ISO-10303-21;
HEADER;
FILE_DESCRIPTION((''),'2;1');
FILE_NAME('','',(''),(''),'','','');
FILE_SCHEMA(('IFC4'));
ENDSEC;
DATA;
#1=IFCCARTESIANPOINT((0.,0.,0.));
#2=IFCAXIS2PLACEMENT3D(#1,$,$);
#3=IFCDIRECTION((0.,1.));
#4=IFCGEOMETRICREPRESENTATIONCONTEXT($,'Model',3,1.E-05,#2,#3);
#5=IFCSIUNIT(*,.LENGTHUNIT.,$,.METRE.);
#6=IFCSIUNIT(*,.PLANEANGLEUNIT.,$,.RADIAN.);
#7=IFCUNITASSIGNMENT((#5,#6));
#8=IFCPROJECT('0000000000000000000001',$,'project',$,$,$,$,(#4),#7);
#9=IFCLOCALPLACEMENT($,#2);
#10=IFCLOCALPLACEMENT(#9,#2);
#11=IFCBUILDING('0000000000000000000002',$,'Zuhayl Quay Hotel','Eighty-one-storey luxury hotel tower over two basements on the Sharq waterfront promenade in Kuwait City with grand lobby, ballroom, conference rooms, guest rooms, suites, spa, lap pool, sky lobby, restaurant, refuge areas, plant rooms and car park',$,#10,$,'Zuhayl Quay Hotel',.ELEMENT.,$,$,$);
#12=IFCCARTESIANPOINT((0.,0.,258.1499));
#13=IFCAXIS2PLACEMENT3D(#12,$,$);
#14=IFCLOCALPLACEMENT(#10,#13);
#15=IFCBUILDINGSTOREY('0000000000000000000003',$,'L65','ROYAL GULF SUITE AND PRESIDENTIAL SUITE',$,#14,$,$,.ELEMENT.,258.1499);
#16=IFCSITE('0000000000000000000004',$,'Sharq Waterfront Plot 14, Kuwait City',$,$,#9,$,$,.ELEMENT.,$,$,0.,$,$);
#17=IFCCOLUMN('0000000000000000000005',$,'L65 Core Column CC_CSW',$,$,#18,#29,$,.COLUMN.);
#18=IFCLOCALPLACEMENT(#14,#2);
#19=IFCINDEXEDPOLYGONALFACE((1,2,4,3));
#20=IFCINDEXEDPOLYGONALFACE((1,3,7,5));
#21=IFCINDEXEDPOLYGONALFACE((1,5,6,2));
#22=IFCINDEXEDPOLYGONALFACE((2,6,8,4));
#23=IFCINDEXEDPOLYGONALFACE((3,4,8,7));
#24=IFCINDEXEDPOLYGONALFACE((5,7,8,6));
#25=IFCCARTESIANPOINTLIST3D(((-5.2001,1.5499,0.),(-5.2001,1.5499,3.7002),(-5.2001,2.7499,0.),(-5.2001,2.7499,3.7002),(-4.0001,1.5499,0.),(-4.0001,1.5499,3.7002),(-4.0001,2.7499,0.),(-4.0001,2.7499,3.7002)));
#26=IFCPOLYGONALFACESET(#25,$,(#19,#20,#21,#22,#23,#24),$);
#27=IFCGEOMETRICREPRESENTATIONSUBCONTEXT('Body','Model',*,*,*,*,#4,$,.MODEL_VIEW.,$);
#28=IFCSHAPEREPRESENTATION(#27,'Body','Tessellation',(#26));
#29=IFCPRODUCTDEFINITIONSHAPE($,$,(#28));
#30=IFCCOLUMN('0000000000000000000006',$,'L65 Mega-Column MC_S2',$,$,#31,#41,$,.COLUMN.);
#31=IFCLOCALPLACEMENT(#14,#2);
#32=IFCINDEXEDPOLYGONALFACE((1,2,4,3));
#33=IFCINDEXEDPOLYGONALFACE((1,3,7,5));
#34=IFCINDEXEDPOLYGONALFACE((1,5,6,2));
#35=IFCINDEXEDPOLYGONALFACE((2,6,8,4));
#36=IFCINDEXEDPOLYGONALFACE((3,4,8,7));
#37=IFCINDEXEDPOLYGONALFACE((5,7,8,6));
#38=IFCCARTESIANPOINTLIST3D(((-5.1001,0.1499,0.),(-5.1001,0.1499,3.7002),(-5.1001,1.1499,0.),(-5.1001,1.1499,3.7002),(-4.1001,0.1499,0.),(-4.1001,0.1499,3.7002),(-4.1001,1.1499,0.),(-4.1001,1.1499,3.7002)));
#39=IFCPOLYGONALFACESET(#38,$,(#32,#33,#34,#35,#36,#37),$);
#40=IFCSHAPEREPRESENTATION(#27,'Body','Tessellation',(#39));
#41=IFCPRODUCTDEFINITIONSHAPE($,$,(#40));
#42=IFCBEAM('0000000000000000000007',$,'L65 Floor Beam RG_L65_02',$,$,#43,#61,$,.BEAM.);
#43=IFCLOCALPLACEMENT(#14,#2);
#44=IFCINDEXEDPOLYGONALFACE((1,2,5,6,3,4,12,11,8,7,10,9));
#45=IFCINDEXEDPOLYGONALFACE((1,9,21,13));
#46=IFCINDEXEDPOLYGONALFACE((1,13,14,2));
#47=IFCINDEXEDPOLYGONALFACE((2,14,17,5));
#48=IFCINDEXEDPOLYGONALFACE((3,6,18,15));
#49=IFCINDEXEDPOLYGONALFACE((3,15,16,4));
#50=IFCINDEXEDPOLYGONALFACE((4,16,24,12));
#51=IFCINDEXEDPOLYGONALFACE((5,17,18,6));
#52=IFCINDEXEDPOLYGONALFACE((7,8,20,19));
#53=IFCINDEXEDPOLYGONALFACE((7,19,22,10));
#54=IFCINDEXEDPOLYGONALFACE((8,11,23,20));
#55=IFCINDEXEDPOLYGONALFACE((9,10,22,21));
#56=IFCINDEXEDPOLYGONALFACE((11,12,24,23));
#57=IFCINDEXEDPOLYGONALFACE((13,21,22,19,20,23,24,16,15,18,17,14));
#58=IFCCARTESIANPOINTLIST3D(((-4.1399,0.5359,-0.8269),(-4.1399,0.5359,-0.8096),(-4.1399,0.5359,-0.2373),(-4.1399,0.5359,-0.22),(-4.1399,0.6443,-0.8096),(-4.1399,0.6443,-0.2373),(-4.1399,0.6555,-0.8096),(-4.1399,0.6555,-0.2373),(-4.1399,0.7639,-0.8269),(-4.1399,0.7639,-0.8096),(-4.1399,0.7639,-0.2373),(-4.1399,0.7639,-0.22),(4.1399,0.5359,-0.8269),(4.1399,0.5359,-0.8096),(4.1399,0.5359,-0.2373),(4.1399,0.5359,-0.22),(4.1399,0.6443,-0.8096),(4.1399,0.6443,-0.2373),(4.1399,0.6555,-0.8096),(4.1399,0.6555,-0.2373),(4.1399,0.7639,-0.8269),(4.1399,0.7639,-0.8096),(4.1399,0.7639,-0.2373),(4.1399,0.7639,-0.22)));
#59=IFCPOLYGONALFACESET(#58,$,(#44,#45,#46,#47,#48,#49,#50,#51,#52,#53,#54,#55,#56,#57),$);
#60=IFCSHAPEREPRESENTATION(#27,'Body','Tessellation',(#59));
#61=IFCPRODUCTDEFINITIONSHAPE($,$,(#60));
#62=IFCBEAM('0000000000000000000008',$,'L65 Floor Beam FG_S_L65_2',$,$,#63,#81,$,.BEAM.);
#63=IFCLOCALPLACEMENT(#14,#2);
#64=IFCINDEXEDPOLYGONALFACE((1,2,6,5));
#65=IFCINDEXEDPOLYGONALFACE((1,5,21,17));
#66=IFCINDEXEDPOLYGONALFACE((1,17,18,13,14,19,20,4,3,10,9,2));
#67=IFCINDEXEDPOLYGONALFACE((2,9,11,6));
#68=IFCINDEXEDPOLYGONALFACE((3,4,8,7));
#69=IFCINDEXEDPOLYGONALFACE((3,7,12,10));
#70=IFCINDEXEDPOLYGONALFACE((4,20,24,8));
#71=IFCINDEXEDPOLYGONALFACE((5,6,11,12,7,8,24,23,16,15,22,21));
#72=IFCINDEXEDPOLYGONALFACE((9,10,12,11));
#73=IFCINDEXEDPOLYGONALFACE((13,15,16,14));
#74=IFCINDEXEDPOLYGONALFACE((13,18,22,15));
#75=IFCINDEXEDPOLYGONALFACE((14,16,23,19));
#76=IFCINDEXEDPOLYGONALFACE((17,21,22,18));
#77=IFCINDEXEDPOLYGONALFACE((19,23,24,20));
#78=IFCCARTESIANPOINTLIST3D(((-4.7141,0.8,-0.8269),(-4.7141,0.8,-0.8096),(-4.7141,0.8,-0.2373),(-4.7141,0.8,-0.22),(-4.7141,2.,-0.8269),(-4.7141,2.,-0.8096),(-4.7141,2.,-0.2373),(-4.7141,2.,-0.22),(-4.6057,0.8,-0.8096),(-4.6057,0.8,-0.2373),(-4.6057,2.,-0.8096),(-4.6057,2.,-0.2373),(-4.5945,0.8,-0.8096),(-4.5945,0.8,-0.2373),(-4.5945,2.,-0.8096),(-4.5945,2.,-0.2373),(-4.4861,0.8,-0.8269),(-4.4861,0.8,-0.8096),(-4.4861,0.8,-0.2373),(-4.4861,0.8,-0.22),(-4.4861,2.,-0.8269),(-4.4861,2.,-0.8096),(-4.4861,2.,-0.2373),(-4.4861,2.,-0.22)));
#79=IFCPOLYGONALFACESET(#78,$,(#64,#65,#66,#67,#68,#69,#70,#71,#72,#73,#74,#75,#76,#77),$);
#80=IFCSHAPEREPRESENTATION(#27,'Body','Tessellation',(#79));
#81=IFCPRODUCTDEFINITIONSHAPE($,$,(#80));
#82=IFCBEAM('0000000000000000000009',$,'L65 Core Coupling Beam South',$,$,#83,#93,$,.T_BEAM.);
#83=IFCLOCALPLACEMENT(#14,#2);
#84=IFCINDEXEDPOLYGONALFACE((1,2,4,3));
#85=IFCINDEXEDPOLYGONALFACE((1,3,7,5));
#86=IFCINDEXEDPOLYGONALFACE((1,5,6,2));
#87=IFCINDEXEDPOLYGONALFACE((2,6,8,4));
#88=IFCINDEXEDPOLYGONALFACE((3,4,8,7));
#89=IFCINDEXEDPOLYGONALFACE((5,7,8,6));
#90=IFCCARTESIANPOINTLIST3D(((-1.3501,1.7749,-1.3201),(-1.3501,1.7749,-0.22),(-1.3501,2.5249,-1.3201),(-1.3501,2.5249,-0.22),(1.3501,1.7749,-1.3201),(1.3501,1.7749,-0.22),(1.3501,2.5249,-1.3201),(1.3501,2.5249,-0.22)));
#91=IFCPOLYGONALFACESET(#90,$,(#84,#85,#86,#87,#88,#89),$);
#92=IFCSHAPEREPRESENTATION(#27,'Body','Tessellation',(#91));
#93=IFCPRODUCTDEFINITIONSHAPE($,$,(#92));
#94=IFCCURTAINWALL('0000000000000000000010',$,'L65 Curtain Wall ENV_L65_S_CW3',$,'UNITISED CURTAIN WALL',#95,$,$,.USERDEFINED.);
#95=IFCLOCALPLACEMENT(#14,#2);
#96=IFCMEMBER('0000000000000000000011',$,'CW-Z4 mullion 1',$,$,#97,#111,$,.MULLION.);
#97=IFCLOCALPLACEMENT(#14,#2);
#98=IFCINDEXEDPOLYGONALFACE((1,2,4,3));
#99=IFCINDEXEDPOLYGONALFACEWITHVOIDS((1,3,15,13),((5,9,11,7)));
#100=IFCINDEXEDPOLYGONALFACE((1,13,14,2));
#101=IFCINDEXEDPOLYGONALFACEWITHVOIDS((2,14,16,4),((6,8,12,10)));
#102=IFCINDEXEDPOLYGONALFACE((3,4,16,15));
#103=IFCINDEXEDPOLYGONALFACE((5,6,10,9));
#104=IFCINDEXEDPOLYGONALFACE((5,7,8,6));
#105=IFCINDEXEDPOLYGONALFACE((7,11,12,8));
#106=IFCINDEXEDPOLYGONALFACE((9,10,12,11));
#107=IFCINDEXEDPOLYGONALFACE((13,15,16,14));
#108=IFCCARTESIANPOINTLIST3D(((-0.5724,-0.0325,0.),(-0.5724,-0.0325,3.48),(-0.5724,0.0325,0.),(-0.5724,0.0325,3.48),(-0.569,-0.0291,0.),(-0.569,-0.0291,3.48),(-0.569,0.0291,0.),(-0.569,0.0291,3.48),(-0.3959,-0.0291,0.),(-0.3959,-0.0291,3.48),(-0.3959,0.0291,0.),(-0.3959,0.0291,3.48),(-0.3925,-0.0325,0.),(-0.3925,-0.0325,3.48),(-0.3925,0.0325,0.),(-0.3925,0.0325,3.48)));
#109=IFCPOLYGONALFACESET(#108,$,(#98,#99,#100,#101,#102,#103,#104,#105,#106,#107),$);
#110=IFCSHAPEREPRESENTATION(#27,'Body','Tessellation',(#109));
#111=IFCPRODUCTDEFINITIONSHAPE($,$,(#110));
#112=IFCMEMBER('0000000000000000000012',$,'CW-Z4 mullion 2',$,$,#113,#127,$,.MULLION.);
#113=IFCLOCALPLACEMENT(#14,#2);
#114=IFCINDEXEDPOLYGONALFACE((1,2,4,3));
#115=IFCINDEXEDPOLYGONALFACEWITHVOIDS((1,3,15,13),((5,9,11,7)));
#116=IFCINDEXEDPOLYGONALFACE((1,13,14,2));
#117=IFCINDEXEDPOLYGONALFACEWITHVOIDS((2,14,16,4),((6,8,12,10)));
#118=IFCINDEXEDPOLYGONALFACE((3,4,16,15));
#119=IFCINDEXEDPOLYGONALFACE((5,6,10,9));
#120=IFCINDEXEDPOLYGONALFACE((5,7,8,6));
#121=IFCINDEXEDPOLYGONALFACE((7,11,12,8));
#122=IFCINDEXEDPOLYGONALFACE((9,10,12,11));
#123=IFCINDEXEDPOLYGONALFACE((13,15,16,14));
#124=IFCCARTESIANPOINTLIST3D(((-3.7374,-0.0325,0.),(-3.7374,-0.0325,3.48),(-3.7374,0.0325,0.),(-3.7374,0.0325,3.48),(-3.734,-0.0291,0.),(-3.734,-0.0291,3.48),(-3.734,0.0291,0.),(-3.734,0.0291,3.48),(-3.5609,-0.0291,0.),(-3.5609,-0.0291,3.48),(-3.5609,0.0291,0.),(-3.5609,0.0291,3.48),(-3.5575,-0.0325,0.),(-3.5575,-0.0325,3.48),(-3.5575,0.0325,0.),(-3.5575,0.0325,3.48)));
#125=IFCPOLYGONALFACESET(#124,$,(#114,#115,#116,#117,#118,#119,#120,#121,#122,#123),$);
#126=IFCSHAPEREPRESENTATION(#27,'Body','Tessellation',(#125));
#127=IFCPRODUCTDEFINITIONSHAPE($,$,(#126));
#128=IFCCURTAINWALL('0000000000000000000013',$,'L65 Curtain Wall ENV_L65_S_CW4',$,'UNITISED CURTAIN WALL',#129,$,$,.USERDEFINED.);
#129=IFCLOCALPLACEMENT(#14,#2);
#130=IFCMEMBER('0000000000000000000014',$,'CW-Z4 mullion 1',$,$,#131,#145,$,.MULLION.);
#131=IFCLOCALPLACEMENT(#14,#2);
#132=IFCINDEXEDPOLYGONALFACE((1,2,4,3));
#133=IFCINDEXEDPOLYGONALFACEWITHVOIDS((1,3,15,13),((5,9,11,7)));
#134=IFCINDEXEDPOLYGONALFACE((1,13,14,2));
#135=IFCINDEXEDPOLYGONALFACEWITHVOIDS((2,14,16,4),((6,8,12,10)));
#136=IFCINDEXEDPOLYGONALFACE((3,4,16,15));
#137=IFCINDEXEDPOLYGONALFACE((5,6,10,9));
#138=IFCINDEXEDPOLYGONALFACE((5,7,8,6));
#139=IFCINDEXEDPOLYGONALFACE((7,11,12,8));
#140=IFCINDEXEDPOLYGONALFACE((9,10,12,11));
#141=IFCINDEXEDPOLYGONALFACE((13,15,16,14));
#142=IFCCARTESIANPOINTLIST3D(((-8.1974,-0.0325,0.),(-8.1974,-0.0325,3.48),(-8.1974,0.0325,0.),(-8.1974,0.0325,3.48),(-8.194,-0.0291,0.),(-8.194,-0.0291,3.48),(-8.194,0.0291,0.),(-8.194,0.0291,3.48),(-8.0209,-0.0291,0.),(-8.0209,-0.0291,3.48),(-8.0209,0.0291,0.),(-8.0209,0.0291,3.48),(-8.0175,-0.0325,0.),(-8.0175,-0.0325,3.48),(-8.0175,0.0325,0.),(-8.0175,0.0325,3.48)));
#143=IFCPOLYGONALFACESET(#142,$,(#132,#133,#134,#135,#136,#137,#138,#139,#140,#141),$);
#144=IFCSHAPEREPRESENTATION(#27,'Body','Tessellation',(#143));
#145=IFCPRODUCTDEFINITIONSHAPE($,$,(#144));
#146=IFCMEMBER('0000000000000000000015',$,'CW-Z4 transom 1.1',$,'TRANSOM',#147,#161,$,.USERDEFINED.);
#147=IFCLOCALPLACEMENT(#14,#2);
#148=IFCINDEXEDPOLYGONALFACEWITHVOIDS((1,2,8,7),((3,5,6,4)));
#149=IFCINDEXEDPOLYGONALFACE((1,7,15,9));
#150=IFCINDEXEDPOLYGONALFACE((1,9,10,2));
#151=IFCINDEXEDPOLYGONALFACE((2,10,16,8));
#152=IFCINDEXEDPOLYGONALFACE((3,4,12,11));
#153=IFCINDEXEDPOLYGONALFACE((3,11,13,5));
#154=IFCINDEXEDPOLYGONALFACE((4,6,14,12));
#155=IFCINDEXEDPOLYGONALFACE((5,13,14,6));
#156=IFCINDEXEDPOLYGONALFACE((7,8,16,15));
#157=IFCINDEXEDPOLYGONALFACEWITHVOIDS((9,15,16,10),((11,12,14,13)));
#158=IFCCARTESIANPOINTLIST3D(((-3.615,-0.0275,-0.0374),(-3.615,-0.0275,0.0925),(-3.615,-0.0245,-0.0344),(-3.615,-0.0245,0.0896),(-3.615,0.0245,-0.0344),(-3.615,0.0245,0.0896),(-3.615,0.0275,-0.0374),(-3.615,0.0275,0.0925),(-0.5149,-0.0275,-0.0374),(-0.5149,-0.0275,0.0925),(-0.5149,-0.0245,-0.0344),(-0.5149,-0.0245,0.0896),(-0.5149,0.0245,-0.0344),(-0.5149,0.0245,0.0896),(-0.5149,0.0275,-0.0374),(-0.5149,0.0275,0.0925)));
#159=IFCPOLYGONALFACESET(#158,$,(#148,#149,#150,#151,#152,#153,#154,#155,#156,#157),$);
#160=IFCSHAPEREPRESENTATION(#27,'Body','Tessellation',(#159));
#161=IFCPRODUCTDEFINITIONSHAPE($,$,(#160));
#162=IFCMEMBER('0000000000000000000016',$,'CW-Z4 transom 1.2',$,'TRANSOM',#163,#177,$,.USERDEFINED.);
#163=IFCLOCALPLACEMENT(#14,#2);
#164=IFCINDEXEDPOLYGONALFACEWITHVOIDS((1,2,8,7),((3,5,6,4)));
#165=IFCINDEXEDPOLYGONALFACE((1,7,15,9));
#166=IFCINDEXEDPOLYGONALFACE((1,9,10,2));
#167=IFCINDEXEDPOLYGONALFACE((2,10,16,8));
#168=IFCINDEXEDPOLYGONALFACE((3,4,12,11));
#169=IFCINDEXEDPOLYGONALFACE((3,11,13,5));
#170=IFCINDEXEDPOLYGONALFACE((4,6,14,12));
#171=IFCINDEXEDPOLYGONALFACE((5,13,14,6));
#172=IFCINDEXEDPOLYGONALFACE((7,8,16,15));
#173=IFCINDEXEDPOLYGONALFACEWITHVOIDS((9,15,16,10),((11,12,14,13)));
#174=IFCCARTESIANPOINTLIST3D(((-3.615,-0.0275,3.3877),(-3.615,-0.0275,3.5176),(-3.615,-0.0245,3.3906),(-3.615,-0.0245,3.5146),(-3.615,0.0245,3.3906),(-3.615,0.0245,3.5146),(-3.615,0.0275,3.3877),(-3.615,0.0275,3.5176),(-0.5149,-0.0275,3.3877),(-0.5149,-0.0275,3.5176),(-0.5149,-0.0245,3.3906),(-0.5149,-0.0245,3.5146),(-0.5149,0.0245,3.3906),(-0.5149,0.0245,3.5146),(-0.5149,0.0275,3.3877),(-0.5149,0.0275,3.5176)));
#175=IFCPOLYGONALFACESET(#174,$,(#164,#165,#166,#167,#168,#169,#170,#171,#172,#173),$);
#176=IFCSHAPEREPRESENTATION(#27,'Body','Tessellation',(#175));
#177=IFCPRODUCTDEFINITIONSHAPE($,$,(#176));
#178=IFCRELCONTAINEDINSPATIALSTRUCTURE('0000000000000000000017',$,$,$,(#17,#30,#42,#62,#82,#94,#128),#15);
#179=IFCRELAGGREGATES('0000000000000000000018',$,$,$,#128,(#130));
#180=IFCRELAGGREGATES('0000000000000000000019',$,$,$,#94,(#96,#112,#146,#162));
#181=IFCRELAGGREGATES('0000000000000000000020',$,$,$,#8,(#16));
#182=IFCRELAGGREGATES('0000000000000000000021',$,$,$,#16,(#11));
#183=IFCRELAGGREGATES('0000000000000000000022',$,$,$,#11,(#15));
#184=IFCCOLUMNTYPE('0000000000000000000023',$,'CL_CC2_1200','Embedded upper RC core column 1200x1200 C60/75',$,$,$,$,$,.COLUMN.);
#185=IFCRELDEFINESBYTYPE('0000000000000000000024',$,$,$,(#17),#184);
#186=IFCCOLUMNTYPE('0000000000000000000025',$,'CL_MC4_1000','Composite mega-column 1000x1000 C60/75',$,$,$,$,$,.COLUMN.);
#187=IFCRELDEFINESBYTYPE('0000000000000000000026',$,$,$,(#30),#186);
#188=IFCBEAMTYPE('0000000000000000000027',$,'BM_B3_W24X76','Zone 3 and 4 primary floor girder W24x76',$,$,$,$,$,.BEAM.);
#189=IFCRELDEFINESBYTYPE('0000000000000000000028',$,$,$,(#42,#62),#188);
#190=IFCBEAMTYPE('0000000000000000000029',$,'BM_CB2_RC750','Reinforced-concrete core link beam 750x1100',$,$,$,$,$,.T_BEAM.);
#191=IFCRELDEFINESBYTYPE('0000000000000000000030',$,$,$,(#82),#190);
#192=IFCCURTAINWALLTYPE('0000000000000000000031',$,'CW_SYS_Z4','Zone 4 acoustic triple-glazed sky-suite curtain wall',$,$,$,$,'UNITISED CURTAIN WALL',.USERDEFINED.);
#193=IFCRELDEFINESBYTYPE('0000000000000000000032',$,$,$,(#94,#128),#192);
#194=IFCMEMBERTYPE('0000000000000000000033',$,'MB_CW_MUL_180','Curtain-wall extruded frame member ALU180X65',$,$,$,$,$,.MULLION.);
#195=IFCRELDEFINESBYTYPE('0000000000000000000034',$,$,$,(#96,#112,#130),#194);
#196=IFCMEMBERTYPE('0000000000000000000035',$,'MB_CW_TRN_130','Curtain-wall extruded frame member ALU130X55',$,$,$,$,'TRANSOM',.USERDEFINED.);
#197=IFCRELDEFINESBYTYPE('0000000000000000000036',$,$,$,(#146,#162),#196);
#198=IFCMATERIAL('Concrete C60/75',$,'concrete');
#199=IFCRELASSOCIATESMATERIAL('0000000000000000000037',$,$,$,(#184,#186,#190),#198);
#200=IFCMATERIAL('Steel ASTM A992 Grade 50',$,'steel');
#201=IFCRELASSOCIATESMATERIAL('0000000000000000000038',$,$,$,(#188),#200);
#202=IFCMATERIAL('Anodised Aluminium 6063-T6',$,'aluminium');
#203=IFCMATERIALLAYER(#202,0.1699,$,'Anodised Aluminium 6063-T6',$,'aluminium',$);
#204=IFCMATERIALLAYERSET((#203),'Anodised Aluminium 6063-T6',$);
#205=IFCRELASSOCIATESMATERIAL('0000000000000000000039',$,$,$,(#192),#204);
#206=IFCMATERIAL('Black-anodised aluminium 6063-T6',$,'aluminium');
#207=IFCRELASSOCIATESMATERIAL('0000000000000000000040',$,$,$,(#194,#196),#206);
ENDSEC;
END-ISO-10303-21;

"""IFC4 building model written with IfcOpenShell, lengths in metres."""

from ifc_helpers import new_model, si_unit, direction, frame, origin, origin_2d, place, context, subcontext, project, spatial, rectangle, hollow_rectangle, i_section, extrude, material, layer, layer_set, material_profile, profile_set, type_object, element, aggregate, save


model = new_model("IFC4")

# Units and contexts
model_context = context("Model", 3, precision=1e-05, world=origin(), true_north=direction((0.0, 1.0)))
body_context = subcontext(model_context, "Body", "Model", "MODEL_VIEW")
ifc_project = project(units=[si_unit("LENGTHUNIT", "METRE"), si_unit("PLANEANGLEUNIT", "RADIAN")], contexts=[model_context])

# Site, building, storey
site_placement = place(None, origin())
site = spatial("IfcSite", under=ifc_project, at=site_placement, Name="Sharq Waterfront Plot 14, Kuwait City", CompositionType="ELEMENT", RefElevation=0.0)
building_placement = place(site_placement, origin())
building = spatial("IfcBuilding", under=site, at=building_placement, Name="Zuhayl Quay Hotel", Description="Eighty-one-storey luxury hotel tower over two basements on the Sharq waterfront promenade in Kuwait City with grand lobby, ballroom, conference rooms, guest rooms, suites, spa, lap pool, sky lobby, restaurant, refuge areas, plant rooms and car park", LongName="Zuhayl Quay Hotel", CompositionType="ELEMENT")
storey_placement = place(building_placement, frame((0.0, 0.0, 258.1499)))
storey = spatial("IfcBuildingStorey", under=building, at=storey_placement, Name="L65", Description="ROYAL GULF SUITE AND PRESIDENTIAL SUITE", CompositionType="ELEMENT", Elevation=258.1499)

# Columns
ifc_material_1 = material(Name="Concrete C60/75", Category="concrete")
ifc_material_profile_1 = material_profile(ifc_material_1, rectangle(XDim=1.2, YDim=1.2, at=origin_2d()), Name="RC1200X1200")
ifc_profile_set_1 = profile_set([ifc_material_profile_1], Name="Concrete C60/75")
column_type_1 = type_object("IfcColumnType", Name="CL_CC2_1200", Description="Embedded upper RC core column 1200x1200 C60/75", PredefinedType="COLUMN", material=ifc_profile_set_1)
column_1_placement = place(storey_placement, frame((-4.6001, 2.1499, 0.0), z_axis=(0.0, 0.0, 1.0), x_axis=(1.0, 0.0, 0.0)))
element("IfcColumn", 1, at=column_1_placement, inside=storey, type_object=column_type_1, Name="L65 Core Column CC_CSW", PredefinedType="COLUMN", context=body_context, shape_type="SweptSolid", body=[
    extrude(rectangle(XDim=1.2, YDim=1.2, at=origin_2d()), origin(), (0.0, 0.0, 1.0), 3.7002),
])
ifc_material_profile_2 = material_profile(ifc_material_1, rectangle(XDim=1.0, YDim=1.0, at=origin_2d()), Name="RC1000X1000")
ifc_profile_set_2 = profile_set([ifc_material_profile_2], Name="Concrete C60/75")
column_type_2 = type_object("IfcColumnType", Name="CL_MC4_1000", Description="Composite mega-column 1000x1000 C60/75", PredefinedType="COLUMN", material=ifc_profile_set_2)
column_2_placement = place(storey_placement, frame((-4.6001, 0.6499, 0.0), z_axis=(0.0, 0.0, 1.0), x_axis=(1.0, 0.0, 0.0)))
element("IfcColumn", 2, at=column_2_placement, inside=storey, type_object=column_type_2, Name="L65 Mega-Column MC_S2", PredefinedType="COLUMN", context=body_context, shape_type="SweptSolid", body=[
    extrude(rectangle(XDim=1.0, YDim=1.0, at=origin_2d()), origin(), (0.0, 0.0, 1.0), 3.7002),
])

# Beams
ifc_material_2 = material(Name="Steel ASTM A992 Grade 50", Category="steel")
ifc_material_profile_3 = material_profile(ifc_material_2, i_section(OverallWidth=0.228, OverallDepth=0.6069, WebThickness=0.0112, FlangeThickness=0.0173, at=origin_2d()), Name="W24X76")
ifc_profile_set_3 = profile_set([ifc_material_profile_3], Name="Steel ASTM A992 Grade 50")
beam_type_1 = type_object("IfcBeamType", Name="BM_B3_W24X76", Description="Zone 3 and 4 primary floor girder W24x76", PredefinedType="BEAM", material=ifc_profile_set_3)
beam_1_placement = place(storey_placement, frame((-4.1399, 0.6499, -0.5234), z_axis=(1.0, 0.0, 0.0), x_axis=(0.0, 1.0, 0.0)))
element("IfcBeam", 3, at=beam_1_placement, inside=storey, type_object=beam_type_1, Name="L65 Floor Beam RG_L65_02", PredefinedType="BEAM", context=body_context, shape_type="SweptSolid", body=[
    extrude(i_section(OverallWidth=0.228, OverallDepth=0.6069, WebThickness=0.0112, FlangeThickness=0.0173, at=origin_2d()), origin(), (0.0, 0.0, 1.0), 8.2798),
])
beam_2_placement = place(storey_placement, frame((-4.6001, 0.8, -0.5234), z_axis=(0.0, 1.0, 0.0), x_axis=(-1.0, 0.0, 0.0)))
element("IfcBeam", 4, at=beam_2_placement, inside=storey, type_object=beam_type_1, Name="L65 Floor Beam FG_S_L65_2", PredefinedType="BEAM", context=body_context, shape_type="SweptSolid", body=[
    extrude(i_section(OverallWidth=0.228, OverallDepth=0.6069, WebThickness=0.0112, FlangeThickness=0.0173, at=origin_2d()), origin(), (0.0, 0.0, 1.0), 1.2),
])
ifc_material_profile_4 = material_profile(ifc_material_1, rectangle(XDim=0.75, YDim=1.1001, at=origin_2d()), Name="RC750X1100")
ifc_profile_set_4 = profile_set([ifc_material_profile_4], Name="Concrete C60/75")
beam_type_2 = type_object("IfcBeamType", Name="BM_CB2_RC750", Description="Reinforced-concrete core link beam 750x1100", PredefinedType="T_BEAM", material=ifc_profile_set_4)
beam_3_placement = place(storey_placement, frame((-1.3501, 2.1499, -0.77), z_axis=(1.0, 0.0, 0.0), x_axis=(0.0, 1.0, 0.0)))
element("IfcBeam", 5, at=beam_3_placement, inside=storey, type_object=beam_type_2, Name="L65 Core Coupling Beam South", PredefinedType="T_BEAM", context=body_context, shape_type="SweptSolid", body=[
    extrude(rectangle(XDim=0.75, YDim=1.1001, at=origin_2d()), origin(), (0.0, 0.0, 1.0), 2.7002),
])

# Curtain wall, members
ifc_material_3 = material(Name="Anodised Aluminium 6063-T6", Category="aluminium")
ifc_layer_1 = layer(ifc_material_3, 0.1699, Name="Anodised Aluminium 6063-T6", Category="aluminium")
ifc_layer_set_1 = layer_set([ifc_layer_1], Name="Anodised Aluminium 6063-T6")
curtain_wall_type = type_object("IfcCurtainWallType", Name="CW_SYS_Z4", Description="Zone 4 acoustic triple-glazed sky-suite curtain wall", ElementType="UNITISED CURTAIN WALL", PredefinedType="USERDEFINED", material=ifc_layer_set_1)
curtain_wall_1_placement = place(storey_placement, origin())
curtain_wall_1 = element("IfcCurtainWall", 6, at=curtain_wall_1_placement, inside=storey, type_object=curtain_wall_type, Name="L65 Curtain Wall ENV_L65_S_CW3", ObjectType="UNITISED CURTAIN WALL", PredefinedType="USERDEFINED")
ifc_material_4 = material(Name="Black-anodised aluminium 6063-T6", Category="aluminium")
ifc_material_profile_5 = material_profile(ifc_material_4, hollow_rectangle(XDim=0.0649, YDim=0.1799, WallThickness=0.0034, at=origin_2d()), Name="ALU180X65")
ifc_profile_set_5 = profile_set([ifc_material_profile_5], Name="Black-anodised aluminium 6063-T6")
member_type_1 = type_object("IfcMemberType", Name="MB_CW_MUL_180", Description="Curtain-wall extruded frame member ALU180X65", PredefinedType="MULLION", material=ifc_profile_set_5)
member_1_placement = place(storey_placement, frame((-0.4824, 0.0, 0.0), z_axis=(0.0, 0.0, 1.0), x_axis=(0.0, -1.0, 0.0)))
member_1 = element("IfcMember", 7, at=member_1_placement, type_object=member_type_1, Name="CW-Z4 mullion 1", PredefinedType="MULLION", context=body_context, shape_type="SweptSolid", body=[
    extrude(hollow_rectangle(XDim=0.0649, YDim=0.1799, WallThickness=0.0034, at=origin_2d()), origin(), (0.0, 0.0, 1.0), 3.48),
])
member_2_placement = place(storey_placement, frame((-3.6475, 0.0, 0.0), z_axis=(0.0, 0.0, 1.0), x_axis=(0.0, -1.0, 0.0)))
member_2 = element("IfcMember", 8, at=member_2_placement, type_object=member_type_1, Name="CW-Z4 mullion 2", PredefinedType="MULLION", context=body_context, shape_type="SweptSolid", body=[
    extrude(hollow_rectangle(XDim=0.0649, YDim=0.1799, WallThickness=0.0034, at=origin_2d()), origin(), (0.0, 0.0, 1.0), 3.48),
])

# Curtain wall, member
curtain_wall_2_placement = place(storey_placement, origin())
curtain_wall_2 = element("IfcCurtainWall", 9, at=curtain_wall_2_placement, inside=storey, type_object=curtain_wall_type, Name="L65 Curtain Wall ENV_L65_S_CW4", ObjectType="UNITISED CURTAIN WALL", PredefinedType="USERDEFINED")
member_3_placement = place(storey_placement, frame((-8.1074, 0.0, 0.0), z_axis=(0.0, 0.0, 1.0), x_axis=(0.0, -1.0, 0.0)))
member_3 = element("IfcMember", 10, at=member_3_placement, type_object=member_type_1, Name="CW-Z4 mullion 1", PredefinedType="MULLION", context=body_context, shape_type="SweptSolid", body=[
    extrude(hollow_rectangle(XDim=0.0649, YDim=0.1799, WallThickness=0.0034, at=origin_2d()), origin(), (0.0, 0.0, 1.0), 3.48),
])

# Members
ifc_material_profile_6 = material_profile(ifc_material_4, hollow_rectangle(XDim=0.0549, YDim=0.1299, WallThickness=0.0029, at=origin_2d()), Name="ALU130X55")
ifc_profile_set_6 = profile_set([ifc_material_profile_6], Name="Black-anodised aluminium 6063-T6")
member_type_2 = type_object("IfcMemberType", Name="MB_CW_TRN_130", Description="Curtain-wall extruded frame member ALU130X55", ElementType="TRANSOM", PredefinedType="USERDEFINED", material=ifc_profile_set_6)
member_4_placement = place(storey_placement, frame((-0.5149, 0.0, 0.0276), z_axis=(-1.0, 0.0, 0.0), x_axis=(0.0, -1.0, 0.0)))
member_4 = element("IfcMember", 11, at=member_4_placement, type_object=member_type_2, Name="CW-Z4 transom 1.1", ObjectType="TRANSOM", PredefinedType="USERDEFINED", context=body_context, shape_type="SweptSolid", body=[
    extrude(hollow_rectangle(XDim=0.0549, YDim=0.1299, WallThickness=0.0029, at=origin_2d()), origin(), (0.0, 0.0, 1.0), 3.1001),
])
member_5_placement = place(storey_placement, frame((-0.5149, 0.0, 3.4526), z_axis=(-1.0, 0.0, 0.0), x_axis=(0.0, -1.0, 0.0)))
member_5 = element("IfcMember", 12, at=member_5_placement, type_object=member_type_2, Name="CW-Z4 transom 1.2", ObjectType="TRANSOM", PredefinedType="USERDEFINED", context=body_context, shape_type="SweptSolid", body=[
    extrude(hollow_rectangle(XDim=0.0549, YDim=0.1299, WallThickness=0.0029, at=origin_2d()), origin(), (0.0, 0.0, 1.0), 3.1001),
])
aggregate(curtain_wall_2, [member_3])

aggregate(curtain_wall_1, [member_1, member_2, member_4, member_5])

save(model, "model.ifc")
